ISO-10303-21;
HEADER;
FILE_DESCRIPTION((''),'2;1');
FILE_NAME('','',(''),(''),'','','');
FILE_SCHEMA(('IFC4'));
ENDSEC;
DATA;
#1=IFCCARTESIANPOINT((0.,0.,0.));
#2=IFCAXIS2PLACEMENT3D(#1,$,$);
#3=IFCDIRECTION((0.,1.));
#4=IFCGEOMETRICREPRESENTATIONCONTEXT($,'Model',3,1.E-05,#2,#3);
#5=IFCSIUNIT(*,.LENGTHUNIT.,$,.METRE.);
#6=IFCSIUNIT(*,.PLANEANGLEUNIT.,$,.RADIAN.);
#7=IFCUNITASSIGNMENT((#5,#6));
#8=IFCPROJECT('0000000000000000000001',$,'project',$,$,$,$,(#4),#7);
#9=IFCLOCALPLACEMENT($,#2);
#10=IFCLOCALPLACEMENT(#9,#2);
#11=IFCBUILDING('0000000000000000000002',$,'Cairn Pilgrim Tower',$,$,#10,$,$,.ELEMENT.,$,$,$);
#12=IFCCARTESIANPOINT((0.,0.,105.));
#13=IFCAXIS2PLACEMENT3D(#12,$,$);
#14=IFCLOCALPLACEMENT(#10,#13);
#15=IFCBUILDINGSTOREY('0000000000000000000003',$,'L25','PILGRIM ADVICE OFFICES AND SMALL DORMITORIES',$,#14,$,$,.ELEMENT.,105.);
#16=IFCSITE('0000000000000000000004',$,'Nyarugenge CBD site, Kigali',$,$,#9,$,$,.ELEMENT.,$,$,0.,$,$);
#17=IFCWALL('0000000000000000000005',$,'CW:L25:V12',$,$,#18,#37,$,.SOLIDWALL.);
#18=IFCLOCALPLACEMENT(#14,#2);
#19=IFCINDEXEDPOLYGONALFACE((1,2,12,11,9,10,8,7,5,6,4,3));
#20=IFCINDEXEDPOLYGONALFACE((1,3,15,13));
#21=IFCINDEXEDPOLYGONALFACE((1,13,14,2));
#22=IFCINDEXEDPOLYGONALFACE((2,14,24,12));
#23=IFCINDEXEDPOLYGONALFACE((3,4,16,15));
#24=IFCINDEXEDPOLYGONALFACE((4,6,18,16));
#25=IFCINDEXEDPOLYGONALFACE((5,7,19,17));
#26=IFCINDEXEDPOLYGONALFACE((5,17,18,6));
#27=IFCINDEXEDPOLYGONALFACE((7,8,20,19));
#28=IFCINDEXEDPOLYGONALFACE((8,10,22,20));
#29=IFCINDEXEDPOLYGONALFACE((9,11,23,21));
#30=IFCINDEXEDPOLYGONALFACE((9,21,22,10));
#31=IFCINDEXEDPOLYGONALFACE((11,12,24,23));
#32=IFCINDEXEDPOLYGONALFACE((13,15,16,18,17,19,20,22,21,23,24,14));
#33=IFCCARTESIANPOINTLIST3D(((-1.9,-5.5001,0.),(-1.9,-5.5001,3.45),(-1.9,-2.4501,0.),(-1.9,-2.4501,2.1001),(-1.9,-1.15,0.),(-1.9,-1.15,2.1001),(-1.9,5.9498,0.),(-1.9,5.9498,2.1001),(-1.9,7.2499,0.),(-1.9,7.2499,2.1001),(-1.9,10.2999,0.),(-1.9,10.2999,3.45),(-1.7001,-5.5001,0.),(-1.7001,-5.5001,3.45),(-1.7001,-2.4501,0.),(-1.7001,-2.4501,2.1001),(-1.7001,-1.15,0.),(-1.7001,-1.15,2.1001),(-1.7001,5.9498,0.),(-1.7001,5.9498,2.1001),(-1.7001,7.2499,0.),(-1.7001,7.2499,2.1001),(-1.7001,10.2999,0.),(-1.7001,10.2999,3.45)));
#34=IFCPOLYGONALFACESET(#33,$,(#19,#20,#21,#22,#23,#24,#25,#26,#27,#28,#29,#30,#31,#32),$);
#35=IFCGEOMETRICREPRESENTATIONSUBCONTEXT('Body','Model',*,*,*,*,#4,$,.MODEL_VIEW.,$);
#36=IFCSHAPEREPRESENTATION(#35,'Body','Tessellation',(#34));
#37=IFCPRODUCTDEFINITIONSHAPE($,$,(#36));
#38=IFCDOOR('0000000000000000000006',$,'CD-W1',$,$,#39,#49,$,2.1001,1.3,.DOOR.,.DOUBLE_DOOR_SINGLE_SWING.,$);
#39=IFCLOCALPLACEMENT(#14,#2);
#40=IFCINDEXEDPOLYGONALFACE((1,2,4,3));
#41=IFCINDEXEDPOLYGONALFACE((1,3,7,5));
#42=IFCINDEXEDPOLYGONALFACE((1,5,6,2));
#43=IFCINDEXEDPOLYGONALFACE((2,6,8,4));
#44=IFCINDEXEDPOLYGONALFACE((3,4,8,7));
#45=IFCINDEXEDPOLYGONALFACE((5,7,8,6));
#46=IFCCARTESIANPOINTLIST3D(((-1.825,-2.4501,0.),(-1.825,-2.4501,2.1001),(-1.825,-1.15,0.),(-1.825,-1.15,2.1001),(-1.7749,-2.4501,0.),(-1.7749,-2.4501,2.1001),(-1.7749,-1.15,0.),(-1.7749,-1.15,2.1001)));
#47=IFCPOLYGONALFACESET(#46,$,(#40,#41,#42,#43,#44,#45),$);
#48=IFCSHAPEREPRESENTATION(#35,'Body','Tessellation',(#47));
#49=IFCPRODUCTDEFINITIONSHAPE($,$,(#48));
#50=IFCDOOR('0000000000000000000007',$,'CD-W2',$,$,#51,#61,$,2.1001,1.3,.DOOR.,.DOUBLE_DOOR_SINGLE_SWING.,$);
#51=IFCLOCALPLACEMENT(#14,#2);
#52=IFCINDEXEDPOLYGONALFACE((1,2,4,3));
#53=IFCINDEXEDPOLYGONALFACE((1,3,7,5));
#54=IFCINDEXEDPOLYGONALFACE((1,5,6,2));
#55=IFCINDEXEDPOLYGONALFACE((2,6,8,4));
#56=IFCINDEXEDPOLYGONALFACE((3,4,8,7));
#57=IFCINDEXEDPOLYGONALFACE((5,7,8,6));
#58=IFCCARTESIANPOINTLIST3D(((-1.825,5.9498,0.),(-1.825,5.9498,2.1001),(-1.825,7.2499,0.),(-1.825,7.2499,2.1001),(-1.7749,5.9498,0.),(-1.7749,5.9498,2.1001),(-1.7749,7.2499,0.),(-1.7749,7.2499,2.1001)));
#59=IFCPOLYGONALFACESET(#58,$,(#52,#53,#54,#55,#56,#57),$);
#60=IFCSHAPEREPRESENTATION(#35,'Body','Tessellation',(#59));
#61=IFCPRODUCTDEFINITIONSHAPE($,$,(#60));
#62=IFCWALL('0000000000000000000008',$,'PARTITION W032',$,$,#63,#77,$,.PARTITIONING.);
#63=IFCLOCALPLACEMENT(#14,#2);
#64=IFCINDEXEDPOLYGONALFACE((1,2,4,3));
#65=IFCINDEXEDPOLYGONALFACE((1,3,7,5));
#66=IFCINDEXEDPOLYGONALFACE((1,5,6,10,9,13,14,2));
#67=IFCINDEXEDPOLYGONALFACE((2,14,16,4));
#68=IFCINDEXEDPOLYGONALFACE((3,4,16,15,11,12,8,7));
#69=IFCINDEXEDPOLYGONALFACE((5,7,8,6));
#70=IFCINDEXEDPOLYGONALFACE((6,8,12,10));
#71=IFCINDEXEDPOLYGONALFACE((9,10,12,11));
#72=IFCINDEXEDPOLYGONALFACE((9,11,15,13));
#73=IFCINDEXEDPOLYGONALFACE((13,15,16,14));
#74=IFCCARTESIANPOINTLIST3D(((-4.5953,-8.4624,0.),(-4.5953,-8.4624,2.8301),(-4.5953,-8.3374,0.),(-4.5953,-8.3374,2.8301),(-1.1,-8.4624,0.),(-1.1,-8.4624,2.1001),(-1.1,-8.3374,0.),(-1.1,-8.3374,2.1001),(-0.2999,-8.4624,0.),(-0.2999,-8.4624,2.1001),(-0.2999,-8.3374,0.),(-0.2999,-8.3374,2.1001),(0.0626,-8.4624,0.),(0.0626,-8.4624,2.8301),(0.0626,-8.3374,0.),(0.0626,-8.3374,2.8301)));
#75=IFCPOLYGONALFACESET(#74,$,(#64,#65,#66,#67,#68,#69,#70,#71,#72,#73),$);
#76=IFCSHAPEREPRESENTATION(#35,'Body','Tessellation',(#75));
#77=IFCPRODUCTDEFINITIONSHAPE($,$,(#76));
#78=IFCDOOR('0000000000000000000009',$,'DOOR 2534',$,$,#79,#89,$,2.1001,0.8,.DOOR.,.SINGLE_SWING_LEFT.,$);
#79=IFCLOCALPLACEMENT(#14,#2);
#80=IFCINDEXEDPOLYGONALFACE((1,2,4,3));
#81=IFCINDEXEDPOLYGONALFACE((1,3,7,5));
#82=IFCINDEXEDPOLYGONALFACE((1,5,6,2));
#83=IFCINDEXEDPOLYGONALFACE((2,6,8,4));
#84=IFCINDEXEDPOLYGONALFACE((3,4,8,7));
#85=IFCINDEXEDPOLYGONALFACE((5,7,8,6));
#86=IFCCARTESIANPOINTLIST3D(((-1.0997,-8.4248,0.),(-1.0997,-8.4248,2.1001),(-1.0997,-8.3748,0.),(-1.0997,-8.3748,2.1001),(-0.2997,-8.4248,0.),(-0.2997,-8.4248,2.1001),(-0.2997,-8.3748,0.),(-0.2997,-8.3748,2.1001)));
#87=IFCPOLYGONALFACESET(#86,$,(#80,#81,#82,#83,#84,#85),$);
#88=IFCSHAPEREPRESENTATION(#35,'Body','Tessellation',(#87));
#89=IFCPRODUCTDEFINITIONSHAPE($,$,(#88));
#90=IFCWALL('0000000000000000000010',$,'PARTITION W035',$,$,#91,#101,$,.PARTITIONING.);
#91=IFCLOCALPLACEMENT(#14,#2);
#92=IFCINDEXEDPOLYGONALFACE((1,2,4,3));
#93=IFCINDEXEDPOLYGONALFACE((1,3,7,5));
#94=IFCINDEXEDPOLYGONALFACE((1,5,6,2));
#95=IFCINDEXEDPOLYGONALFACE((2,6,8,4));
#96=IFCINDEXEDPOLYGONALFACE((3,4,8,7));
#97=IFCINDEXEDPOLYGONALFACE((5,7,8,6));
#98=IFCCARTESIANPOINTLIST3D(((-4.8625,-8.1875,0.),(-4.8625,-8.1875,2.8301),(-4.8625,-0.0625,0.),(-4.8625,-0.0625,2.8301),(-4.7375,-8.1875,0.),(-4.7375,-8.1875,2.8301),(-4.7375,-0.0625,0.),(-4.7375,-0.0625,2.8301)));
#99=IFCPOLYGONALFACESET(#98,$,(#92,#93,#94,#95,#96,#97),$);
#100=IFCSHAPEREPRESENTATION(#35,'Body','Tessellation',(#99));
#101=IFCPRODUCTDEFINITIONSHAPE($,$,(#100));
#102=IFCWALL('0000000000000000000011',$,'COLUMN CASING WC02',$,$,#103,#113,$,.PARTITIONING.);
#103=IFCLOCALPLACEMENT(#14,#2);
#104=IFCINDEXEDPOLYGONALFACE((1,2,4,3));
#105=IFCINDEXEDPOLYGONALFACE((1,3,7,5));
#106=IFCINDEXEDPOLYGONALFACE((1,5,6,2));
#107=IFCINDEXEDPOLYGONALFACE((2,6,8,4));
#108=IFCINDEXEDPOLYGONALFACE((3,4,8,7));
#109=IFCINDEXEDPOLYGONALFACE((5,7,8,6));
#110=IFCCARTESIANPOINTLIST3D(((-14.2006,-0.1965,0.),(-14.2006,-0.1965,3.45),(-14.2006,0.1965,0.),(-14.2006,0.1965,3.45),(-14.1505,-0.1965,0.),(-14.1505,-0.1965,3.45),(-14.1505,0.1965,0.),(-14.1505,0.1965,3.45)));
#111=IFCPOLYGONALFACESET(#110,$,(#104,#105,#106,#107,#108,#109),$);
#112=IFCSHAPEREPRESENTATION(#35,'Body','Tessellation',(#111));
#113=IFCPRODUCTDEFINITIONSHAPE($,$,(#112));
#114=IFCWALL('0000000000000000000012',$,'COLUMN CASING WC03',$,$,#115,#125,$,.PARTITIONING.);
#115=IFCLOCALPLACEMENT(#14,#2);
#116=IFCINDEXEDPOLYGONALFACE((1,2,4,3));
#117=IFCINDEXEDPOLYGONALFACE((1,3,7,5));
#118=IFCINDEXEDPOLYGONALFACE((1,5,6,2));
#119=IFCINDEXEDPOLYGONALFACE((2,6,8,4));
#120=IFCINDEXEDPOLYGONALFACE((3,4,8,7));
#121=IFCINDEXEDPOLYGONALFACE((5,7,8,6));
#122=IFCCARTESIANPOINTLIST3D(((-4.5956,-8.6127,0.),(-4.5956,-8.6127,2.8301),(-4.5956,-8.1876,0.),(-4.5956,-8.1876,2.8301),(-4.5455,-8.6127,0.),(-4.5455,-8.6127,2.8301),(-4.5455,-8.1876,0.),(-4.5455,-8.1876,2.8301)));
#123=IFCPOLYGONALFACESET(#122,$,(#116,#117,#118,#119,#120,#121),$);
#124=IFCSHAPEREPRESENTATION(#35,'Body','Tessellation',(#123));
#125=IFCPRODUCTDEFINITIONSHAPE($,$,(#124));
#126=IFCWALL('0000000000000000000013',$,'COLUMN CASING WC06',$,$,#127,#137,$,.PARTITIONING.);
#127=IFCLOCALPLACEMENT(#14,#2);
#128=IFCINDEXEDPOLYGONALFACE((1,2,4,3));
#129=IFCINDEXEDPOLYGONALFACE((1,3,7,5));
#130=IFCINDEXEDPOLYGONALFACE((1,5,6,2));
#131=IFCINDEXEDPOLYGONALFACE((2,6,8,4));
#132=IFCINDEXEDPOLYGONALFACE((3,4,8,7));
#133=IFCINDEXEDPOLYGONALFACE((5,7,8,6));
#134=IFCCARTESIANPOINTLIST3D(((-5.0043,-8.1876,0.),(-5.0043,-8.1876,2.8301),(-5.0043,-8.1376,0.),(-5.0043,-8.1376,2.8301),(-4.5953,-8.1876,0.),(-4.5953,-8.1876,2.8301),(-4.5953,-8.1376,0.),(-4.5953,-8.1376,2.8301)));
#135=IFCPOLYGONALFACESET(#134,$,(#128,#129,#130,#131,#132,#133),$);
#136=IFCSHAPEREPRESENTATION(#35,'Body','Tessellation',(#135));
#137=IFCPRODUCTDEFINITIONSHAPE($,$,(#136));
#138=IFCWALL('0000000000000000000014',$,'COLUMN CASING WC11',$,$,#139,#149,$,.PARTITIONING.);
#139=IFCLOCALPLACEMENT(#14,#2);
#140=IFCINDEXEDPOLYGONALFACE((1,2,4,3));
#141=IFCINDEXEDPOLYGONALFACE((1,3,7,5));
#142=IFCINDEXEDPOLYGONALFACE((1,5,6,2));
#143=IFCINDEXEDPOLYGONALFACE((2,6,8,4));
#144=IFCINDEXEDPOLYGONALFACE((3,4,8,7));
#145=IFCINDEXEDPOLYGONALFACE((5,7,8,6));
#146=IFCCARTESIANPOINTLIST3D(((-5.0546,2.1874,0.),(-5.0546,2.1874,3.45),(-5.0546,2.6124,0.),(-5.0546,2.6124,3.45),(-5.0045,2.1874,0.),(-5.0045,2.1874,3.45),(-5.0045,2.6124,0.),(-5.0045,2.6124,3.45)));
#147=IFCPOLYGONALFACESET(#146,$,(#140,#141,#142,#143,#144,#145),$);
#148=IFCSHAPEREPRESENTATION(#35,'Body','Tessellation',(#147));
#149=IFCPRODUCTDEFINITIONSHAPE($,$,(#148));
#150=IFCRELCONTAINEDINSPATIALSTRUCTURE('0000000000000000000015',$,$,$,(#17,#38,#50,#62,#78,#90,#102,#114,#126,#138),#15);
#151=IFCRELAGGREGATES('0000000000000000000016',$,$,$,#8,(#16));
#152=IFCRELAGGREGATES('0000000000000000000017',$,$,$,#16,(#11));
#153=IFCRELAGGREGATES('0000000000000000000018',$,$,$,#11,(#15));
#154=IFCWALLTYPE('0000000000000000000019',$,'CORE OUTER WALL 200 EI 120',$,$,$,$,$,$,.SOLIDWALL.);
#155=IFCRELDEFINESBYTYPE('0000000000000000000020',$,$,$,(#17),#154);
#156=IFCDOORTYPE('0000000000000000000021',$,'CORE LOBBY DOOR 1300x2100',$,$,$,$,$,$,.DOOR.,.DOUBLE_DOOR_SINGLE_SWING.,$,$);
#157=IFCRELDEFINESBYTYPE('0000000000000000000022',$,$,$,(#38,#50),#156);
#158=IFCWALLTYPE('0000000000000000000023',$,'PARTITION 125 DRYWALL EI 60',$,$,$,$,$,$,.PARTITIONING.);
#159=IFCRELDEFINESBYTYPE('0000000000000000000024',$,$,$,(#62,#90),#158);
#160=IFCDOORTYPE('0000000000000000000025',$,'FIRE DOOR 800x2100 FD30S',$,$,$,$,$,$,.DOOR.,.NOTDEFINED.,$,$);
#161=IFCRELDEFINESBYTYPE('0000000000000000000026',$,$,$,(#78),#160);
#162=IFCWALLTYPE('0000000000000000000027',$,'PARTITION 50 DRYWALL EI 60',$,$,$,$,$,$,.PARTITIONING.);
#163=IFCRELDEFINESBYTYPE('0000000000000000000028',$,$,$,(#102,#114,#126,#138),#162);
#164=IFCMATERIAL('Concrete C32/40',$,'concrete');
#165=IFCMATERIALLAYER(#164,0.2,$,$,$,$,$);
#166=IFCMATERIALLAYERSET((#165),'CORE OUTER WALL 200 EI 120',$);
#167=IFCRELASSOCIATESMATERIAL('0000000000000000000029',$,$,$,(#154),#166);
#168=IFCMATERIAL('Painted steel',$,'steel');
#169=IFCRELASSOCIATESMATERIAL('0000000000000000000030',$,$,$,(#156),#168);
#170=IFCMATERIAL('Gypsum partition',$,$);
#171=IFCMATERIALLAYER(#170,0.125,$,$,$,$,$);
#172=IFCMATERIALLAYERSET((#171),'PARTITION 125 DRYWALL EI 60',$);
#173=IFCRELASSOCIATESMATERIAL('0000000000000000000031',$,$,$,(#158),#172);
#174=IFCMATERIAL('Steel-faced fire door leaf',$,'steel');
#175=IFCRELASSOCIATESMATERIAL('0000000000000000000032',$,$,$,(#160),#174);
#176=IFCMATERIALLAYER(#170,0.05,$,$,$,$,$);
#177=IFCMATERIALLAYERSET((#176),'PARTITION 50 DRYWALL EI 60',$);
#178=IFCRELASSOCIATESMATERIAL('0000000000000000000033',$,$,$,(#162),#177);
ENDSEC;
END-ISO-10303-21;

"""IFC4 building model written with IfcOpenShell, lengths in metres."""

from ifc_helpers import new_model, si_unit, direction, frame, frame_2d, origin, place, context, subcontext, project, spatial, rectangle, extrude, material, layer, layer_set, type_object, element, fill, save


model = new_model("IFC4")

# Units and contexts
model_context = context("Model", 3, precision=1e-05, world=origin(), true_north=direction((0.0, 1.0)))
body_context = subcontext(model_context, "Body", "Model", "MODEL_VIEW")
ifc_project = project(units=[si_unit("LENGTHUNIT", "METRE"), si_unit("PLANEANGLEUNIT", "RADIAN")], contexts=[model_context])

# Site, building, storey
site_placement = place(None, origin())
site = spatial("IfcSite", under=ifc_project, at=site_placement, Name="Nyarugenge CBD site, Kigali", CompositionType="ELEMENT", RefElevation=0.0)
building_placement = place(site_placement, origin())
building = spatial("IfcBuilding", under=site, at=building_placement, Name="Cairn Pilgrim Tower", CompositionType="ELEMENT")
storey_placement = place(building_placement, frame((0.0, 0.0, 105.0)))
storey = spatial("IfcBuildingStorey", under=building, at=storey_placement, Name="L25", Description="PILGRIM ADVICE OFFICES AND SMALL DORMITORIES", CompositionType="ELEMENT", Elevation=105.0)

# Wall, openings, doors
ifc_material_1 = material(Name="Concrete C32/40", Category="concrete")
ifc_layer_1 = layer(ifc_material_1, 0.2)
ifc_layer_set_1 = layer_set([ifc_layer_1], Name="CORE OUTER WALL 200 EI 120")
wall_type_1 = type_object("IfcWallType", Name="CORE OUTER WALL 200 EI 120", PredefinedType="SOLIDWALL", material=ifc_layer_set_1)
wall_1_placement = place(storey_placement, frame((-1.8, -5.5, 0.0), z_axis=(0.0, 0.0, 1.0), x_axis=(0.0, 1.0, 0.0)))
wall_1 = element("IfcWall", 1, at=wall_1_placement, inside=storey, type_object=wall_type_1, Name="CW:L25:V12", PredefinedType="SOLIDWALL", context=body_context, shape_type="SweptSolid", body=[
    extrude(rectangle(XDim=15.8, YDim=0.2, at=frame_2d((7.8999, 0.0))), origin(), (0.0, 0.0, 1.0), 3.45),
])
opening_1_placement = place(wall_1_placement, frame((3.05, 0.0, 0.0)))
opening_1 = element("IfcOpeningElement", 2, at=opening_1_placement, cuts=wall_1, PredefinedType="OPENING", context=body_context, shape_type="SweptSolid", body=[
    extrude(rectangle(XDim=1.3, YDim=2.1001, at=frame_2d((0.6499, 1.05))), frame((0.0, 0.1099, 0.0), z_axis=(0.0, -1.0, 0.0), x_axis=(1.0, 0.0, 0.0)), (0.0, 0.0, 1.0), 0.22),
])
opening_2_placement = place(wall_1_placement, frame((11.45, 0.0, 0.0)))
opening_2 = element("IfcOpeningElement", 3, at=opening_2_placement, cuts=wall_1, PredefinedType="OPENING", context=body_context, shape_type="SweptSolid", body=[
    extrude(rectangle(XDim=1.3, YDim=2.1001, at=frame_2d((0.6499, 1.05))), frame((0.0, 0.1099, 0.0), z_axis=(0.0, -1.0, 0.0), x_axis=(1.0, 0.0, 0.0)), (0.0, 0.0, 1.0), 0.22),
])
ifc_material_2 = material(Name="Painted steel", Category="steel")
door_type_1 = type_object("IfcDoorType", Name="CORE LOBBY DOOR 1300x2100", OperationType="DOUBLE_DOOR_SINGLE_SWING", PredefinedType="DOOR", material=ifc_material_2)
door_1_placement = place(opening_1_placement, origin())
door_1 = element("IfcDoor", 4, at=door_1_placement, inside=storey, type_object=door_type_1, Name="CD-W1", OperationType="DOUBLE_DOOR_SINGLE_SWING", OverallHeight=2.1001, OverallWidth=1.3, PredefinedType="DOOR", context=body_context, shape_type="SweptSolid", body=[
    extrude(rectangle(XDim=1.3, YDim=2.1001, at=frame_2d((0.6499, 1.05))), frame((0.0, 0.0249, 0.0), z_axis=(0.0, -1.0, 0.0), x_axis=(1.0, 0.0, 0.0)), (0.0, 0.0, 1.0), 0.05),
])
fill(opening_1, door_1)
door_2_placement = place(opening_2_placement, origin())
door_2 = element("IfcDoor", 5, at=door_2_placement, inside=storey, type_object=door_type_1, Name="CD-W2", OperationType="DOUBLE_DOOR_SINGLE_SWING", OverallHeight=2.1001, OverallWidth=1.3, PredefinedType="DOOR", context=body_context, shape_type="SweptSolid", body=[
    extrude(rectangle(XDim=1.3, YDim=2.1001, at=frame_2d((0.6499, 1.05))), frame((0.0, 0.0249, 0.0), z_axis=(0.0, -1.0, 0.0), x_axis=(1.0, 0.0, 0.0)), (0.0, 0.0, 1.0), 0.05),
])
fill(opening_2, door_2)

# Wall, opening, door
ifc_material_3 = material(Name="Gypsum partition")
ifc_layer_2 = layer(ifc_material_3, 0.125)
ifc_layer_set_2 = layer_set([ifc_layer_2], Name="PARTITION 125 DRYWALL EI 60")
wall_type_2 = type_object("IfcWallType", Name="PARTITION 125 DRYWALL EI 60", PredefinedType="PARTITIONING", material=ifc_layer_set_2)
wall_2_placement = place(storey_placement, frame((-4.5955, -8.3999, 0.0), z_axis=(0.0, 0.0, 1.0), x_axis=(1.0, 0.0, 0.0)))
wall_2 = element("IfcWall", 6, at=wall_2_placement, inside=storey, type_object=wall_type_2, Name="PARTITION W032", PredefinedType="PARTITIONING", context=body_context, shape_type="SweptSolid", body=[
    extrude(rectangle(XDim=4.658, YDim=0.125, at=frame_2d((2.3291, 0.0))), origin(), (0.0, 0.0, 1.0), 2.8301),
])
opening_3_placement = place(wall_2_placement, frame((3.4956, 0.0, 0.0)))
opening_3 = element("IfcOpeningElement", 7, at=opening_3_placement, cuts=wall_2, PredefinedType="OPENING", context=body_context, shape_type="SweptSolid", body=[
    extrude(rectangle(XDim=0.8, YDim=2.1001, at=frame_2d((0.3999, 1.05))), frame((0.0, 0.0725, 0.0), z_axis=(0.0, -1.0, 0.0), x_axis=(1.0, 0.0, 0.0)), (0.0, 0.0, 1.0), 0.145),
])
ifc_material_4 = material(Name="Steel-faced fire door leaf", Category="steel")
door_type_2 = type_object("IfcDoorType", Name="FIRE DOOR 800x2100 FD30S", OperationType="NOTDEFINED", PredefinedType="DOOR", material=ifc_material_4)
door_3_placement = place(opening_3_placement, frame((0.8, 0.0, 0.0), z_axis=(0.0, 0.0, 1.0), x_axis=(-1.0, 0.0, 0.0)))
door_3 = element("IfcDoor", 8, at=door_3_placement, inside=storey, type_object=door_type_2, Name="DOOR 2534", OperationType="SINGLE_SWING_LEFT", OverallHeight=2.1001, OverallWidth=0.8, PredefinedType="DOOR", context=body_context, shape_type="SweptSolid", body=[
    extrude(rectangle(XDim=0.8, YDim=2.1001, at=frame_2d((0.3999, 1.05))), frame((0.0, 0.0249, 0.0), z_axis=(0.0, -1.0, 0.0), x_axis=(1.0, 0.0, 0.0)), (0.0, 0.0, 1.0), 0.05),
])
fill(opening_3, door_3)

# Walls
wall_3_placement = place(storey_placement, frame((-4.8, -8.1875, 0.0), z_axis=(0.0, 0.0, 1.0), x_axis=(0.0, 1.0, 0.0)))
element("IfcWall", 9, at=wall_3_placement, inside=storey, type_object=wall_type_2, Name="PARTITION W035", PredefinedType="PARTITIONING", context=body_context, shape_type="SweptSolid", body=[
    extrude(rectangle(XDim=8.125, YDim=0.125, at=frame_2d((4.0625, 0.0))), origin(), (0.0, 0.0, 1.0), 2.8301),
])
ifc_layer_3 = layer(ifc_material_3, 0.05)
ifc_layer_set_3 = layer_set([ifc_layer_3], Name="PARTITION 50 DRYWALL EI 60")
wall_type_3 = type_object("IfcWallType", Name="PARTITION 50 DRYWALL EI 60", PredefinedType="PARTITIONING", material=ifc_layer_set_3)
wall_4_placement = place(storey_placement, frame((-14.1755, -0.1965, 0.0), z_axis=(0.0, 0.0, 1.0), x_axis=(0.0, 1.0, 0.0)))
element("IfcWall", 10, at=wall_4_placement, inside=storey, type_object=wall_type_3, Name="COLUMN CASING WC02", PredefinedType="PARTITIONING", context=body_context, shape_type="SweptSolid", body=[
    extrude(rectangle(XDim=0.3931, YDim=0.05, at=frame_2d((0.1965, 0.0))), origin(), (0.0, 0.0, 1.0), 3.45),
])
wall_5_placement = place(storey_placement, frame((-4.5706, -8.6125, 0.0), z_axis=(0.0, 0.0, 1.0), x_axis=(0.0, 1.0, 0.0)))
element("IfcWall", 11, at=wall_5_placement, inside=storey, type_object=wall_type_3, Name="COLUMN CASING WC03", PredefinedType="PARTITIONING", context=body_context, shape_type="SweptSolid", body=[
    extrude(rectangle(XDim=0.425, YDim=0.05, at=frame_2d((0.2124, 0.0))), origin(), (0.0, 0.0, 1.0), 2.8301),
])
wall_6_placement = place(storey_placement, frame((-5.0044, -8.1626, 0.0), z_axis=(0.0, 0.0, 1.0), x_axis=(1.0, 0.0, 0.0)))
element("IfcWall", 12, at=wall_6_placement, inside=storey, type_object=wall_type_3, Name="COLUMN CASING WC06", PredefinedType="PARTITIONING", context=body_context, shape_type="SweptSolid", body=[
    extrude(rectangle(XDim=0.4089, YDim=0.05, at=frame_2d((0.2046, 0.0))), origin(), (0.0, 0.0, 1.0), 2.8301),
])
wall_7_placement = place(storey_placement, frame((-5.0295, 2.1875, 0.0), z_axis=(0.0, 0.0, 1.0), x_axis=(0.0, 1.0, 0.0)))
element("IfcWall", 13, at=wall_7_placement, inside=storey, type_object=wall_type_3, Name="COLUMN CASING WC11", PredefinedType="PARTITIONING", context=body_context, shape_type="SweptSolid", body=[
    extrude(rectangle(XDim=0.425, YDim=0.05, at=frame_2d((0.2124, 0.0))), origin(), (0.0, 0.0, 1.0), 3.45),
])

save(model, "model.ifc")
